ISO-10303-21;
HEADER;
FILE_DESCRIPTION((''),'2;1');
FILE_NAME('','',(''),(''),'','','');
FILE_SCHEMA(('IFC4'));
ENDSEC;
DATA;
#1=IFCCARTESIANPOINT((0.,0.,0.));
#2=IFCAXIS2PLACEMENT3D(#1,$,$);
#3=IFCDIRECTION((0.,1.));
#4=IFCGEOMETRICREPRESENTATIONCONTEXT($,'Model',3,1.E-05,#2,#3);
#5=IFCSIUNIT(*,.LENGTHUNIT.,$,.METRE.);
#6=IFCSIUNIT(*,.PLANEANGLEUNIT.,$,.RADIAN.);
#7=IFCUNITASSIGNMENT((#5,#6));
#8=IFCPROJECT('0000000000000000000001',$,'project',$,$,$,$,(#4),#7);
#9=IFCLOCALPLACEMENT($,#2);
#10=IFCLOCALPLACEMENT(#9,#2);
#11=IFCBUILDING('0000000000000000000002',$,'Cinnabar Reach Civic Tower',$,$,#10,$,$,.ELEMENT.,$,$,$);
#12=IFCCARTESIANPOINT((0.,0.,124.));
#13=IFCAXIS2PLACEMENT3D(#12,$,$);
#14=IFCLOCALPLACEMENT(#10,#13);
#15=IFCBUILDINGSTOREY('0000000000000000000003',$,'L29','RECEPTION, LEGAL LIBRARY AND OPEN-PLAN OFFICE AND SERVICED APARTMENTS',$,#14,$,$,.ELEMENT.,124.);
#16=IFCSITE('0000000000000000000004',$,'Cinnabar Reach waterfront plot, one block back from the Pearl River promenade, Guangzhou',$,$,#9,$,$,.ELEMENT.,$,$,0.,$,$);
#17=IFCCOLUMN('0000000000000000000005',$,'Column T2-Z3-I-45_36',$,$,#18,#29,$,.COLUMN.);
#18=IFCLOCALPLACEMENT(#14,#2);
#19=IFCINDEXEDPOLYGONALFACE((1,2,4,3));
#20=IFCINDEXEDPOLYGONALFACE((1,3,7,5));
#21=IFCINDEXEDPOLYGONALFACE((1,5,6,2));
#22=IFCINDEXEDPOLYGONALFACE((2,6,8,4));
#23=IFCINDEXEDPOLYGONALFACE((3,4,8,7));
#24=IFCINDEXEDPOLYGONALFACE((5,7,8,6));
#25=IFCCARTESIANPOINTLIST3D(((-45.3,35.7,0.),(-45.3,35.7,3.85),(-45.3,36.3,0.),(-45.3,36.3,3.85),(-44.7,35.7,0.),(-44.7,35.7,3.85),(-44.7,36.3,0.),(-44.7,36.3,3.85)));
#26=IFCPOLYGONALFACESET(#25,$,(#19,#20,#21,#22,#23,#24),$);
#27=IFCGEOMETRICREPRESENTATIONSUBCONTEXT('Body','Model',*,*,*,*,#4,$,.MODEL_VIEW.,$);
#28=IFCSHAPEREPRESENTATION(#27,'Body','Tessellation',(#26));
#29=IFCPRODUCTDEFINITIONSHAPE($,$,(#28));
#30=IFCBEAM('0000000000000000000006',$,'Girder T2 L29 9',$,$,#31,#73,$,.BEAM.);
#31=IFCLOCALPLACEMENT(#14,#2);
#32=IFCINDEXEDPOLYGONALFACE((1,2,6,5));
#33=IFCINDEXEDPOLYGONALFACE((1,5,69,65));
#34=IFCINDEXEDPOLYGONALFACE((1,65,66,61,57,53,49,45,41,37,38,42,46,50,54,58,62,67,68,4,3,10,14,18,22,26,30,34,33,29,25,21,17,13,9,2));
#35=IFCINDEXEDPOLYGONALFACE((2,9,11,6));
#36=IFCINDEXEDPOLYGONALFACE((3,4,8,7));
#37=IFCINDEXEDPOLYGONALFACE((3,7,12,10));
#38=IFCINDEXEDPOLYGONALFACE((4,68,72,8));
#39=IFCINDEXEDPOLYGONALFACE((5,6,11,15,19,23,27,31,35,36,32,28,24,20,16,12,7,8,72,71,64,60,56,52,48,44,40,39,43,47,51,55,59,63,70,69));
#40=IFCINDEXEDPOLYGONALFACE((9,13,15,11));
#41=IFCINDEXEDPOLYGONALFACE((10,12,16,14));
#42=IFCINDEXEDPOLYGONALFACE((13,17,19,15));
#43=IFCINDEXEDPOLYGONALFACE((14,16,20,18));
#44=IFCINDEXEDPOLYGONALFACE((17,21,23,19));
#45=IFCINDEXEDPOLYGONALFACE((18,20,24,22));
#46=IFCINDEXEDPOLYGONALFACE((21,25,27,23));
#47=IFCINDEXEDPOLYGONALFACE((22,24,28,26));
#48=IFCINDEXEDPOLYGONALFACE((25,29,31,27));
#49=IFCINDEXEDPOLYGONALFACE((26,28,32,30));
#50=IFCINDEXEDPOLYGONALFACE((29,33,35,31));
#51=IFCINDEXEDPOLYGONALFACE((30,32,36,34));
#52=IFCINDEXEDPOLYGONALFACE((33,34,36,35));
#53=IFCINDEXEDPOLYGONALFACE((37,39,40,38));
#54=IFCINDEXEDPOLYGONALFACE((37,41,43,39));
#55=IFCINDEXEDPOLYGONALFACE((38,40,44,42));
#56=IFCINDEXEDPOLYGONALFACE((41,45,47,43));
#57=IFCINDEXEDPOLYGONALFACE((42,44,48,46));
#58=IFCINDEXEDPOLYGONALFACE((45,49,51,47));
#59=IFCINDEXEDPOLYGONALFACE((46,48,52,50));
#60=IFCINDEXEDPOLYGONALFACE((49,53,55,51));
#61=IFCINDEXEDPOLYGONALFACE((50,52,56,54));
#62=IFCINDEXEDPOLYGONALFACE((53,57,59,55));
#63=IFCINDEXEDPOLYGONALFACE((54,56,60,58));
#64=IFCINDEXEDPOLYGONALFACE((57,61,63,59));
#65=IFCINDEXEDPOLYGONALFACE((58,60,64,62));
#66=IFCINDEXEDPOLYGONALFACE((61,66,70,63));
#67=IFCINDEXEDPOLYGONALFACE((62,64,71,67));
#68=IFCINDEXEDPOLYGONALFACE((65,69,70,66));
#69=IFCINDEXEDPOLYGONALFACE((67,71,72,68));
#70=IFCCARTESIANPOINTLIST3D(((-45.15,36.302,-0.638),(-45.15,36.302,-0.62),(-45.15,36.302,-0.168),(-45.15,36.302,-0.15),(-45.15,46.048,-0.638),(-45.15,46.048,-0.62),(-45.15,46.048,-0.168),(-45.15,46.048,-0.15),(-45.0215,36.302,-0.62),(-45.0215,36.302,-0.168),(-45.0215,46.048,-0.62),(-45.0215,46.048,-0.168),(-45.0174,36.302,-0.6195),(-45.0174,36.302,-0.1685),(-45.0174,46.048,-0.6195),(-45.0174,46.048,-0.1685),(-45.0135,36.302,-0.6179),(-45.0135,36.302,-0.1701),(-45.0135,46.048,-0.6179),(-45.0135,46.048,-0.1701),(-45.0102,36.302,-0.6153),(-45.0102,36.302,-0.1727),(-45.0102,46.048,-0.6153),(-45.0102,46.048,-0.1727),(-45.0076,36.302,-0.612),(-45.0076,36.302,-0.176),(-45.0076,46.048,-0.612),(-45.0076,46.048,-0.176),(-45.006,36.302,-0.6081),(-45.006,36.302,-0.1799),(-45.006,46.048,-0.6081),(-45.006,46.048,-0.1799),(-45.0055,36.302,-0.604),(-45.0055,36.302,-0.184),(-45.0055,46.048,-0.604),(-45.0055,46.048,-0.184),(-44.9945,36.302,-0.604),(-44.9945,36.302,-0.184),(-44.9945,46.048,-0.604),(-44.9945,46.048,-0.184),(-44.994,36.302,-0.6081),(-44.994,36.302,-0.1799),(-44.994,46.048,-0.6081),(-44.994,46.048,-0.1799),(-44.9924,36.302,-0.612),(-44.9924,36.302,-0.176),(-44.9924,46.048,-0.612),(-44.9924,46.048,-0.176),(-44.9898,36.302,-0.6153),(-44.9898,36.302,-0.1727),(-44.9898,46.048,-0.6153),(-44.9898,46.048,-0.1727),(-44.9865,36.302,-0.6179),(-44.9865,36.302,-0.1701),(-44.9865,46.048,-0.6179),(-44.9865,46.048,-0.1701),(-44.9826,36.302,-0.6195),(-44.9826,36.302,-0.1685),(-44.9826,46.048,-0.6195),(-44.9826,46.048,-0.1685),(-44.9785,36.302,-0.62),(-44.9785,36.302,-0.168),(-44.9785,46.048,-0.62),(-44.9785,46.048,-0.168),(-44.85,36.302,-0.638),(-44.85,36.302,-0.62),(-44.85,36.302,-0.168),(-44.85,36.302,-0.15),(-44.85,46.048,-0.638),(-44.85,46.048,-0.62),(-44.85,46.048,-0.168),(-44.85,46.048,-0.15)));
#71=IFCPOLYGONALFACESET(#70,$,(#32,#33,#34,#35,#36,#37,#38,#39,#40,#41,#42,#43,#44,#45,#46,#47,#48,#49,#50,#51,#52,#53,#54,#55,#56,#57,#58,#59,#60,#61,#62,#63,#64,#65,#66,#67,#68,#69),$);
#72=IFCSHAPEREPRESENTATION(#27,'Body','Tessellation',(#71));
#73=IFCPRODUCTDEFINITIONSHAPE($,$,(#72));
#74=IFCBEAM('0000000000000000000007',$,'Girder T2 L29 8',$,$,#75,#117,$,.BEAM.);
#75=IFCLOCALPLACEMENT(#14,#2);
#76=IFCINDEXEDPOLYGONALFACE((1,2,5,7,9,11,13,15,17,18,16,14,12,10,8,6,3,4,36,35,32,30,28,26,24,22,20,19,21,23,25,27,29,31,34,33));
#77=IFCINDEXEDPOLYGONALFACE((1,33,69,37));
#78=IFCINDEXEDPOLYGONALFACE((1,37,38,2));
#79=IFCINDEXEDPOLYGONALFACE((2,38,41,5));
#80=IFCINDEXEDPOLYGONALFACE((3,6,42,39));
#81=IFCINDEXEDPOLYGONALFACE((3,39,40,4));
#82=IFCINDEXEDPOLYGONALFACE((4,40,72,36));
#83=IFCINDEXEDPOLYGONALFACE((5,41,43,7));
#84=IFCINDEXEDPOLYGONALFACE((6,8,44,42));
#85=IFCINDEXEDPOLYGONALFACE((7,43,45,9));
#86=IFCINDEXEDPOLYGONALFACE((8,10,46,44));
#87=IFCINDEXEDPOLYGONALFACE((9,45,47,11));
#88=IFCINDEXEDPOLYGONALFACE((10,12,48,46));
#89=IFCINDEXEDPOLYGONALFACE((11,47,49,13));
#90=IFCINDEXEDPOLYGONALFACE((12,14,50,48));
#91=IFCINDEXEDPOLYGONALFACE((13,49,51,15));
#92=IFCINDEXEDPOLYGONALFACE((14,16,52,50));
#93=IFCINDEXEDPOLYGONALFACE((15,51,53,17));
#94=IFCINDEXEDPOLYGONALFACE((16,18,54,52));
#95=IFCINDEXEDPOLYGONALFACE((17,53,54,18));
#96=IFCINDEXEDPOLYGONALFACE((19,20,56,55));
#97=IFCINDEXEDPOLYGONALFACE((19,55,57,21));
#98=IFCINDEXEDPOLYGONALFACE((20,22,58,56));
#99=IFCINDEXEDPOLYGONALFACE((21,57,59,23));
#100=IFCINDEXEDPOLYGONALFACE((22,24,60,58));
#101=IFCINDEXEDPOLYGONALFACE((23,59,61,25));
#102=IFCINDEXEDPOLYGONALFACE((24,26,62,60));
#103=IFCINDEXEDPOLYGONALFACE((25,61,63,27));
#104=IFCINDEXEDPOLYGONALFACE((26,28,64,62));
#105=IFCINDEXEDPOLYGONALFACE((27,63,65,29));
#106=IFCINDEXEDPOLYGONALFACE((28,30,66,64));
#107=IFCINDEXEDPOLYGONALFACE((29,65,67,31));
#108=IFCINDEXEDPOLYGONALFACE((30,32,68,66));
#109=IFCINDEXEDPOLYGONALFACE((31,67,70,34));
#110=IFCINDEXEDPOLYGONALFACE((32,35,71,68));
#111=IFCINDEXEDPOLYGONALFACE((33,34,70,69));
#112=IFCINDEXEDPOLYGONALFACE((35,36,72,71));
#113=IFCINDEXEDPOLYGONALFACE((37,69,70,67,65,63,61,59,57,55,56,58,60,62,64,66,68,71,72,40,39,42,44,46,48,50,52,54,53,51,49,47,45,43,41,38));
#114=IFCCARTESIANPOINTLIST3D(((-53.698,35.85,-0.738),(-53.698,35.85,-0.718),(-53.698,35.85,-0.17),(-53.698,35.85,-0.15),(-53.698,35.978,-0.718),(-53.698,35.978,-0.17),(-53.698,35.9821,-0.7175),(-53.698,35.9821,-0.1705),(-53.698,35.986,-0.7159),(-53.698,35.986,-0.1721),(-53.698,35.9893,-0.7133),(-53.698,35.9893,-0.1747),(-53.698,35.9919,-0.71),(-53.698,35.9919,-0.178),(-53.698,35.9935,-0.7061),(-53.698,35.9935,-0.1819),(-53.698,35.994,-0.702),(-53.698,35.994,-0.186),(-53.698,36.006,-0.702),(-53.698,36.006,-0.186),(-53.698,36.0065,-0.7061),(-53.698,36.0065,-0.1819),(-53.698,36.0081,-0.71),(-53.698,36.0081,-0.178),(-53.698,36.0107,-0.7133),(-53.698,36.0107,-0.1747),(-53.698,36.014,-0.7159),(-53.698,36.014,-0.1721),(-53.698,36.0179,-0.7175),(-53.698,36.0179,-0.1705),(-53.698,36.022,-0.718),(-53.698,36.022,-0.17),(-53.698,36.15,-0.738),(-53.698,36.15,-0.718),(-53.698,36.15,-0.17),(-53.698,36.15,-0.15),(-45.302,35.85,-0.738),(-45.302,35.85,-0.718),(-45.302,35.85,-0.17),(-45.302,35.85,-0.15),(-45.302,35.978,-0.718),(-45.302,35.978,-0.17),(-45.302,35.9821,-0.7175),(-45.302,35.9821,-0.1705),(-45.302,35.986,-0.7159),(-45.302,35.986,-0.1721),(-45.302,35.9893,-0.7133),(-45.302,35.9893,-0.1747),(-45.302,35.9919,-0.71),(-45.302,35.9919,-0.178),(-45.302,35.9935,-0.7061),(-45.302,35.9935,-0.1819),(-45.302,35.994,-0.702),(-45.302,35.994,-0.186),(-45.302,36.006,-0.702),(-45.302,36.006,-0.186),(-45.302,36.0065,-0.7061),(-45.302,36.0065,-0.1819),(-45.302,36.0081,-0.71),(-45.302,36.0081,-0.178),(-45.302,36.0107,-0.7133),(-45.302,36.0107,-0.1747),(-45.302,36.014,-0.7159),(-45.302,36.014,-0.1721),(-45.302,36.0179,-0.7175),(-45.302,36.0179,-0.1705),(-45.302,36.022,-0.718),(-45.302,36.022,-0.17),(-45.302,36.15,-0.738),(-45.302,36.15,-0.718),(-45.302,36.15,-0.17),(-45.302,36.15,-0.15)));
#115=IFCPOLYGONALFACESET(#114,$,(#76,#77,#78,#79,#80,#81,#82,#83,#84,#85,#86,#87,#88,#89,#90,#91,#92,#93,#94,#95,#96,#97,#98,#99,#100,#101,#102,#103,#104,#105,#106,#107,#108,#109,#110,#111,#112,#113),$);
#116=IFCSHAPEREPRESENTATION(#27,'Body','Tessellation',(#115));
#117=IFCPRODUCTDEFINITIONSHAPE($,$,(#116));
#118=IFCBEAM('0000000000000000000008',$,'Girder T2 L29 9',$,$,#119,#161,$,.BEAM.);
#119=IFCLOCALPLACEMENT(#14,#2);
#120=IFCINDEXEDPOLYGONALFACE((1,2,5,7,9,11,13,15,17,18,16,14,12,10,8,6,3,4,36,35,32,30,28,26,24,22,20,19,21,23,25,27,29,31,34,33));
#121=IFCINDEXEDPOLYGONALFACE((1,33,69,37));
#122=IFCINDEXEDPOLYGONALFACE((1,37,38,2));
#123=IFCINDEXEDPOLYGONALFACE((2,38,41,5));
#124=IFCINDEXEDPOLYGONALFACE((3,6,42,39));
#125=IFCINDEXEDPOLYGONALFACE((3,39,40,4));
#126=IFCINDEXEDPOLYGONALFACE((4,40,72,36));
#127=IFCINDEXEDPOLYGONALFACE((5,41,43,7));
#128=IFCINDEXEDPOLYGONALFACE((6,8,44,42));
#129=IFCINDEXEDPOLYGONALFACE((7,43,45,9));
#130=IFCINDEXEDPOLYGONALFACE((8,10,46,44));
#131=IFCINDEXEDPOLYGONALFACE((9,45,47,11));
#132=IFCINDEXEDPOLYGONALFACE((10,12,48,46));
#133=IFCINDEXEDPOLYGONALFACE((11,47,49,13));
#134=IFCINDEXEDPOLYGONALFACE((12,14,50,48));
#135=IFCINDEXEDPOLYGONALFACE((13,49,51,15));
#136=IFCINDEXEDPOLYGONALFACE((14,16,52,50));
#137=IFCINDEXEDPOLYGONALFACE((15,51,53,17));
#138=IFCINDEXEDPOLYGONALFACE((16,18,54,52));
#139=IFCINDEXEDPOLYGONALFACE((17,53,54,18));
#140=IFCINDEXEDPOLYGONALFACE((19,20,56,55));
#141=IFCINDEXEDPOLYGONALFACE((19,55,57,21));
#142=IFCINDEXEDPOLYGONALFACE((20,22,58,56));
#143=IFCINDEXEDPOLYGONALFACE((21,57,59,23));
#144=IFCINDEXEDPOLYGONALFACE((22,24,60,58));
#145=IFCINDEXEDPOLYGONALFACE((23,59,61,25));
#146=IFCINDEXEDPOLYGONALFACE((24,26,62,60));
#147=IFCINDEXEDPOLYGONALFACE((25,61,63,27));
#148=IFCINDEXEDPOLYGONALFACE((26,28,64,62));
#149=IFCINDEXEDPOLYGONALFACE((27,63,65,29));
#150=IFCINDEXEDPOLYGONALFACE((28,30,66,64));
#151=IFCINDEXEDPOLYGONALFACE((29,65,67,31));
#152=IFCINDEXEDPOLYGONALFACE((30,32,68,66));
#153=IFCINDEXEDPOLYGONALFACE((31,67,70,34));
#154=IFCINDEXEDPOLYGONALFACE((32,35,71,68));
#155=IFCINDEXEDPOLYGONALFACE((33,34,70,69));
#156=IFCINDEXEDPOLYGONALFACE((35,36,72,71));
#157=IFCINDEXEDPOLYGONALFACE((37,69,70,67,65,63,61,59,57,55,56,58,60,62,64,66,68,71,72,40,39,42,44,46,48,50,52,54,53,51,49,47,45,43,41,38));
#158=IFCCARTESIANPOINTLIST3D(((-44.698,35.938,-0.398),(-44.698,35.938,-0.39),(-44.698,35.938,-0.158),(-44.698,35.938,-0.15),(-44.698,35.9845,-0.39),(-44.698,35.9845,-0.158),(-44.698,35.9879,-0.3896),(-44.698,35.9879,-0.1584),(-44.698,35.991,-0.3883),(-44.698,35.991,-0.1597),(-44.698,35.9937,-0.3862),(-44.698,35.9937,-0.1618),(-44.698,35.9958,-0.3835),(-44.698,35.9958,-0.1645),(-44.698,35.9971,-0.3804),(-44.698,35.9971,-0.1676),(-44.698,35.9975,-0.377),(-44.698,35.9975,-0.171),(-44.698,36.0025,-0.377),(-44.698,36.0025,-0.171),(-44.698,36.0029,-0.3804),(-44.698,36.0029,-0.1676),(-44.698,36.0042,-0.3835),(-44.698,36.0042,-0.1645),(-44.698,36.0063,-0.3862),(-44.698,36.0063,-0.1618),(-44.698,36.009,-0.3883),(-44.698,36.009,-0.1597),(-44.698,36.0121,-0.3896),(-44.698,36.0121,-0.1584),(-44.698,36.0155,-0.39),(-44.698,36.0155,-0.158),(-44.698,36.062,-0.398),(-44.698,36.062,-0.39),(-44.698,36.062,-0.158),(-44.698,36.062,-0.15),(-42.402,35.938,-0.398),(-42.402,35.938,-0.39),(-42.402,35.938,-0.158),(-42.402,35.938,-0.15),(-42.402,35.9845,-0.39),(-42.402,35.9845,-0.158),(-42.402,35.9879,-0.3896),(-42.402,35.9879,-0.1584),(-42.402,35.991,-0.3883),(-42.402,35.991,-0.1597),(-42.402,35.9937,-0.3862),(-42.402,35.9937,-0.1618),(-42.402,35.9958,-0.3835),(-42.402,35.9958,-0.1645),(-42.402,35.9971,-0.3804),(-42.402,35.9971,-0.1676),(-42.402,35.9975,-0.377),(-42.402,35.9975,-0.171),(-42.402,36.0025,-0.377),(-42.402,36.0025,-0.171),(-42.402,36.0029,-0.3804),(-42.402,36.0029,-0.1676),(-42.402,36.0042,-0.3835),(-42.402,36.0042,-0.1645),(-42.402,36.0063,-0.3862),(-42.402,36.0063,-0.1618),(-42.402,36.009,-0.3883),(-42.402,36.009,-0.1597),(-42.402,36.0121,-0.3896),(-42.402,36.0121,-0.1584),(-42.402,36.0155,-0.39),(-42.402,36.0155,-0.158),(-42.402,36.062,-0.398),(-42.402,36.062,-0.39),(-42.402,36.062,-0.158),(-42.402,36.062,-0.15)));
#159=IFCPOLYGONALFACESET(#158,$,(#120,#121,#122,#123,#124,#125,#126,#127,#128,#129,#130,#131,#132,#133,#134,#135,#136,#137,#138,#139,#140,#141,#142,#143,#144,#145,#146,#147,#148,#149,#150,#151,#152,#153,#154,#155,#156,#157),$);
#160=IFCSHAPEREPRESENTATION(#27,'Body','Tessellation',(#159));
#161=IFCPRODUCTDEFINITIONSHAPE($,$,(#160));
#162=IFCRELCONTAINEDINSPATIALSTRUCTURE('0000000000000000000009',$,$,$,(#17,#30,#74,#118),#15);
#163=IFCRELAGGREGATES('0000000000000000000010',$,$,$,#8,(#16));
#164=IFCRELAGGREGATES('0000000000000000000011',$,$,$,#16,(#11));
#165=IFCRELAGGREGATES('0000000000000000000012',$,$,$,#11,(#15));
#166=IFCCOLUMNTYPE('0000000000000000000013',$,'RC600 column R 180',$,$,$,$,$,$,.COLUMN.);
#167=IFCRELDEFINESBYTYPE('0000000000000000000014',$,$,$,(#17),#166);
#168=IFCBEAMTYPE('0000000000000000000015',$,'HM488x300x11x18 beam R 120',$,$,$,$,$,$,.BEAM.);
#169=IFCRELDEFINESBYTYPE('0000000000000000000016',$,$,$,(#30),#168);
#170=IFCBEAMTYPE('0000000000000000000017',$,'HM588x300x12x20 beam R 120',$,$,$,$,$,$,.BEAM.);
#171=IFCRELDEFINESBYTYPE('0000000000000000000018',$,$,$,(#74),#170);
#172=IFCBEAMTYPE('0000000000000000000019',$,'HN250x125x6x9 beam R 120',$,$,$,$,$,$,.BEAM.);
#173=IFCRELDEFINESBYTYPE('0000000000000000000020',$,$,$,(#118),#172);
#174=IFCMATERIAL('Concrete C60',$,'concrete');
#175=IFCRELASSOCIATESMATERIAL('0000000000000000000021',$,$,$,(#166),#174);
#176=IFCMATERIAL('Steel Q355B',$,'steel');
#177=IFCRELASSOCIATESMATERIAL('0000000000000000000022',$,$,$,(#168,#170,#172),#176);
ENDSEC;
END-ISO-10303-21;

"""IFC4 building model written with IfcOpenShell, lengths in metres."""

from ifc_helpers import new_model, si_unit, direction, frame, origin, origin_2d, place, context, subcontext, project, spatial, rectangle, i_section, extrude, material, material_profile, profile_set, type_object, element, save


model = new_model("IFC4")

# Units and contexts
model_context = context("Model", 3, precision=1e-05, world=origin(), true_north=direction((0.0, 1.0)))
body_context = subcontext(model_context, "Body", "Model", "MODEL_VIEW")
ifc_project = project(units=[si_unit("LENGTHUNIT", "METRE"), si_unit("PLANEANGLEUNIT", "RADIAN")], contexts=[model_context])

# Site, building, storey
site_placement = place(None, origin())
site = spatial("IfcSite", under=ifc_project, at=site_placement, Name="Cinnabar Reach waterfront plot, one block back from the Pearl River promenade, Guangzhou", CompositionType="ELEMENT", RefElevation=0.0)
building_placement = place(site_placement, origin())
building = spatial("IfcBuilding", under=site, at=building_placement, Name="Cinnabar Reach Civic Tower", CompositionType="ELEMENT")
storey_placement = place(building_placement, frame((0.0, 0.0, 124.0)))
storey = spatial("IfcBuildingStorey", under=building, at=storey_placement, Name="L29", Description="RECEPTION, LEGAL LIBRARY AND OPEN-PLAN OFFICE AND SERVICED APARTMENTS", CompositionType="ELEMENT", Elevation=124.0)

# Column
ifc_material_1 = material(Name="Concrete C60", Category="concrete")
ifc_material_profile_1 = material_profile(ifc_material_1, rectangle(XDim=0.6, YDim=0.6, at=origin_2d()), Name="RC600")
ifc_profile_set_1 = profile_set([ifc_material_profile_1], Name="Concrete C60")
column_type = type_object("IfcColumnType", Name="RC600 column R 180", PredefinedType="COLUMN", material=ifc_profile_set_1)
column_placement = place(storey_placement, frame((-45.0, 36.0, 0.0), z_axis=(0.0, 0.0, 1.0), x_axis=(1.0, 0.0, 0.0)))
element("IfcColumn", 1, at=column_placement, inside=storey, type_object=column_type, Name="Column T2-Z3-I-45_36", PredefinedType="COLUMN", context=body_context, shape_type="SweptSolid", body=[
    extrude(rectangle(XDim=0.6, YDim=0.6, at=origin_2d()), origin(), (0.0, 0.0, 1.0), 3.85),
])

# Beams
ifc_material_2 = material(Name="Steel Q355B", Category="steel")
ifc_material_profile_2 = material_profile(ifc_material_2, i_section(OverallWidth=0.3, OverallDepth=0.488, WebThickness=0.011, FlangeThickness=0.018, FilletRadius=0.016, at=origin_2d()), Name="HM488x300x11x18")
ifc_profile_set_2 = profile_set([ifc_material_profile_2], Name="Steel Q355B")
beam_type_1 = type_object("IfcBeamType", Name="HM488x300x11x18 beam R 120", PredefinedType="BEAM", material=ifc_profile_set_2)
beam_1_placement = place(storey_placement, frame((-45.0, 36.302, -0.394), z_axis=(0.0, 1.0, 0.0), x_axis=(-1.0, 0.0, 0.0)))
element("IfcBeam", 2, at=beam_1_placement, inside=storey, type_object=beam_type_1, Name="Girder T2 L29 9", PredefinedType="BEAM", context=body_context, shape_type="SweptSolid", body=[
    extrude(i_section(OverallWidth=0.3, OverallDepth=0.488, WebThickness=0.011, FlangeThickness=0.018, FilletRadius=0.016, at=origin_2d()), origin(), (0.0, 0.0, 1.0), 9.746),
])
ifc_material_profile_3 = material_profile(ifc_material_2, i_section(OverallWidth=0.3, OverallDepth=0.588, WebThickness=0.012, FlangeThickness=0.02, FilletRadius=0.016, at=origin_2d()), Name="HM588x300x12x20")
ifc_profile_set_3 = profile_set([ifc_material_profile_3], Name="Steel Q355B")
beam_type_2 = type_object("IfcBeamType", Name="HM588x300x12x20 beam R 120", PredefinedType="BEAM", material=ifc_profile_set_3)
beam_2_placement = place(storey_placement, frame((-53.698, 36.0, -0.444), z_axis=(1.0, 0.0, 0.0), x_axis=(0.0, 1.0, 0.0)))
element("IfcBeam", 3, at=beam_2_placement, inside=storey, type_object=beam_type_2, Name="Girder T2 L29 8", PredefinedType="BEAM", context=body_context, shape_type="SweptSolid", body=[
    extrude(i_section(OverallWidth=0.3, OverallDepth=0.588, WebThickness=0.012, FlangeThickness=0.02, FilletRadius=0.016, at=origin_2d()), origin(), (0.0, 0.0, 1.0), 8.396),
])
ifc_material_profile_4 = material_profile(ifc_material_2, i_section(OverallWidth=0.124, OverallDepth=0.248, WebThickness=0.005, FlangeThickness=0.008, FilletRadius=0.013, at=origin_2d()), Name="HN250x125x6x9")
ifc_profile_set_4 = profile_set([ifc_material_profile_4], Name="Steel Q355B")
beam_type_3 = type_object("IfcBeamType", Name="HN250x125x6x9 beam R 120", PredefinedType="BEAM", material=ifc_profile_set_4)
beam_3_placement = place(storey_placement, frame((-44.698, 36.0, -0.274), z_axis=(1.0, 0.0, 0.0), x_axis=(0.0, 1.0, 0.0)))
element("IfcBeam", 4, at=beam_3_placement, inside=storey, type_object=beam_type_3, Name="Girder T2 L29 9", PredefinedType="BEAM", context=body_context, shape_type="SweptSolid", body=[
    extrude(i_section(OverallWidth=0.124, OverallDepth=0.248, WebThickness=0.005, FlangeThickness=0.008, FilletRadius=0.013, at=origin_2d()), origin(), (0.0, 0.0, 1.0), 2.296),
])

save(model, "model.ifc")
